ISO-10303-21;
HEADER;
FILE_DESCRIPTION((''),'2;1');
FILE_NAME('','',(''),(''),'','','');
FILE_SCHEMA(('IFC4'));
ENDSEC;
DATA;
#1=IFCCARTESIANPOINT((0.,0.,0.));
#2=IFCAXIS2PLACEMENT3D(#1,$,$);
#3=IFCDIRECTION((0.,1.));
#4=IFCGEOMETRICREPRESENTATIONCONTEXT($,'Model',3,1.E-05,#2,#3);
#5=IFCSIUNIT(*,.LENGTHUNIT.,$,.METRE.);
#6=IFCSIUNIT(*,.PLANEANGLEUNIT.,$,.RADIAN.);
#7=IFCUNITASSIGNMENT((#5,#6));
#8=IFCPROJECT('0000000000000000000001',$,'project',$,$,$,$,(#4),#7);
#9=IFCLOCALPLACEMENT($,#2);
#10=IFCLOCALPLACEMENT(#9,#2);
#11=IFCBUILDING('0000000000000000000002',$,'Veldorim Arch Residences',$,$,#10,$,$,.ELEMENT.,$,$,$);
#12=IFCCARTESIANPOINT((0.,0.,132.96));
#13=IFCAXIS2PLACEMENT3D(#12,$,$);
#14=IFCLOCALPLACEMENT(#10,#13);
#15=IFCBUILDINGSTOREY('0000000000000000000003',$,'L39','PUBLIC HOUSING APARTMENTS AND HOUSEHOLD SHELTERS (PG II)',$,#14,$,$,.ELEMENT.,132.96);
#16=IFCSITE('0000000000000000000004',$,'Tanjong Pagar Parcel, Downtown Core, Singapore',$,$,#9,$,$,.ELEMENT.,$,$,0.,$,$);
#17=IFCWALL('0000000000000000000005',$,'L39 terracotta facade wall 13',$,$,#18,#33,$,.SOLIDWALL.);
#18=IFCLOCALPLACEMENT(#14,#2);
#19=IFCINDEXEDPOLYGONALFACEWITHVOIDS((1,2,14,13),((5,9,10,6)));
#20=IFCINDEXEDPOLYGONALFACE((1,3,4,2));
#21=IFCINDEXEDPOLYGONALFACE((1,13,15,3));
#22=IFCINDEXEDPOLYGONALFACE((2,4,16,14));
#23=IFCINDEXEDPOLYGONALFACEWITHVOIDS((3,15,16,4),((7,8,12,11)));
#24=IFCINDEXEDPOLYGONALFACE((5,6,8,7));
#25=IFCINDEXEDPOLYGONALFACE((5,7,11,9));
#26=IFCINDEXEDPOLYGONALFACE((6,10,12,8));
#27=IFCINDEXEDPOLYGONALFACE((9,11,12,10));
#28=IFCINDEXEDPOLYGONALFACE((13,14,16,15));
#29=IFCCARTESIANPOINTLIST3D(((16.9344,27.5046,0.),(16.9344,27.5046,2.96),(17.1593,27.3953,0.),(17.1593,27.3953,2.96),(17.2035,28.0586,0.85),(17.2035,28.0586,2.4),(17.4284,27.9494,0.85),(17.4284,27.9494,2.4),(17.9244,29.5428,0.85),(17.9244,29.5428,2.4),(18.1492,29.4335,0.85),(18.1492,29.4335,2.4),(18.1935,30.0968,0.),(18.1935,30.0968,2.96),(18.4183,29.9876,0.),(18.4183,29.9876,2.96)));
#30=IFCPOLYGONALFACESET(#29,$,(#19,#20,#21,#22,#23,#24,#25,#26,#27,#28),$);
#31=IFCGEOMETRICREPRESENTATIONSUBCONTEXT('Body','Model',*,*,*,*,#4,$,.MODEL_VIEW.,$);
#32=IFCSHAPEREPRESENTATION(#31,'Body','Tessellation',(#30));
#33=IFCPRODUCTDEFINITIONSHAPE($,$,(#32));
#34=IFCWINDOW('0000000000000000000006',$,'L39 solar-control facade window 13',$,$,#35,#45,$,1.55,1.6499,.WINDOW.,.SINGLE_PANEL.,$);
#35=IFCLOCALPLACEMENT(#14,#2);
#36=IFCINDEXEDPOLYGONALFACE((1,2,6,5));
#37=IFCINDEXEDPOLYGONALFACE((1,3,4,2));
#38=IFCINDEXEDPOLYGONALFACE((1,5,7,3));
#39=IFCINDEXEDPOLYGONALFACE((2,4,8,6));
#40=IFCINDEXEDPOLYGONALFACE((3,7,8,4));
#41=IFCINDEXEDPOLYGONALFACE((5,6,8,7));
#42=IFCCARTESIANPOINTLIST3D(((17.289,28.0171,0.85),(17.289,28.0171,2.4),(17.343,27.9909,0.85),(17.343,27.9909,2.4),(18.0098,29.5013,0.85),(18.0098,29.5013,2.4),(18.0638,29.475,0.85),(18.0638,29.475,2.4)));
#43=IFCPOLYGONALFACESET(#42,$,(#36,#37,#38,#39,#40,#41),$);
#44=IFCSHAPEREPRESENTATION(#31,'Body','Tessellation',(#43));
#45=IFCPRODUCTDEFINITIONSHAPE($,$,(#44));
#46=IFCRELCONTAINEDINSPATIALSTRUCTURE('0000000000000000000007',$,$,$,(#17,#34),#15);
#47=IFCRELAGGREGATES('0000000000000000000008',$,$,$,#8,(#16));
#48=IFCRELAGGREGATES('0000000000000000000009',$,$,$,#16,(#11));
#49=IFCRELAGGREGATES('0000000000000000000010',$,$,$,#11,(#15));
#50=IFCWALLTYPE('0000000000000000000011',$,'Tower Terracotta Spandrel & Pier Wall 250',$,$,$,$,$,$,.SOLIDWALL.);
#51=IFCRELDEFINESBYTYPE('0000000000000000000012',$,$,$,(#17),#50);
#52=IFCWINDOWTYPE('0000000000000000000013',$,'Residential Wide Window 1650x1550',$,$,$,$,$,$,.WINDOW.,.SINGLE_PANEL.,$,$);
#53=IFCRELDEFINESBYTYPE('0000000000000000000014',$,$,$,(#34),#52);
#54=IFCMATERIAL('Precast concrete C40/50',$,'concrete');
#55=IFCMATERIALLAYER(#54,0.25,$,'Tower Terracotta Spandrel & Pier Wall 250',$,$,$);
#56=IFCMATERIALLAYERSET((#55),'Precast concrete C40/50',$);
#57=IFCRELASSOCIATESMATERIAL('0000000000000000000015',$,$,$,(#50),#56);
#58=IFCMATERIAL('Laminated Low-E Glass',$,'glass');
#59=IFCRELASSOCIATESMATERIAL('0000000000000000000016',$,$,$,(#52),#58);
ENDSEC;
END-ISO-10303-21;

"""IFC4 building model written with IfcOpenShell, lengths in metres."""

from ifc_helpers import new_model, si_unit, direction, frame, frame_2d, origin, place, context, subcontext, project, spatial, rectangle, extrude, material, layer, layer_set, type_object, element, fill, save


model = new_model("IFC4")

# Units and contexts
model_context = context("Model", 3, precision=1e-05, world=origin(), true_north=direction((0.0, 1.0)))
body_context = subcontext(model_context, "Body", "Model", "MODEL_VIEW")
ifc_project = project(units=[si_unit("LENGTHUNIT", "METRE"), si_unit("PLANEANGLEUNIT", "RADIAN")], contexts=[model_context])

# Site, building, storey
site_placement = place(None, origin())
site = spatial("IfcSite", under=ifc_project, at=site_placement, Name="Tanjong Pagar Parcel, Downtown Core, Singapore", CompositionType="ELEMENT", RefElevation=0.0)
building_placement = place(site_placement, origin())
building = spatial("IfcBuilding", under=site, at=building_placement, Name="Veldorim Arch Residences", CompositionType="ELEMENT")
storey_placement = place(building_placement, frame((0.0, 0.0, 132.96)))
storey = spatial("IfcBuildingStorey", under=building, at=storey_placement, Name="L39", Description="PUBLIC HOUSING APARTMENTS AND HOUSEHOLD SHELTERS (PG II)", CompositionType="ELEMENT", Elevation=132.96)

# Shared definitions
ifc_material_1 = material(Name="Precast concrete C40/50", Category="concrete")
ifc_layer_1 = layer(ifc_material_1, 0.25, Name="Tower Terracotta Spandrel & Pier Wall 250")
ifc_layer_set_1 = layer_set([ifc_layer_1], Name="Precast concrete C40/50")
wall_type_1 = type_object("IfcWallType", Name="Tower Terracotta Spandrel & Pier Wall 250", PredefinedType="SOLIDWALL", material=ifc_layer_set_1)

# Shared definitions
ifc_material_2 = material(Name="Laminated Low-E Glass", Category="glass")
window_type = type_object("IfcWindowType", Name="Residential Wide Window 1650x1550", PartitioningType="SINGLE_PANEL", PredefinedType="WINDOW", material=ifc_material_2)

# Wall, opening, window
wall_1_placement = place(storey_placement, frame((17.0469, 27.45, 0.0), z_axis=(0.0, 0.0, 1.0), x_axis=(0.436882, 0.899519, 0.0)))
wall_1 = element("IfcWall", 1, at=wall_1_placement, inside=storey, type_object=wall_type_1, Name="L39 terracotta facade wall 13", PredefinedType="SOLIDWALL", context=body_context, shape_type="SweptSolid", body=[
    extrude(rectangle(XDim=2.8818, YDim=0.25, at=frame_2d((1.4409, 0.0))), origin(), (0.0, 0.0, 1.0), 2.96),
])
opening_1_placement = place(wall_1_placement, frame((0.616, 0.0, 0.8501)))
opening_1 = element("IfcOpeningElement", 2, at=opening_1_placement, cuts=wall_1, PredefinedType="OPENING", context=body_context, shape_type="SweptSolid", body=[
    extrude(rectangle(XDim=1.6499, YDim=1.55, at=frame_2d((0.825, 0.7749))), frame((0.0, 0.135, 0.0), z_axis=(0.0, -1.0, 0.0), x_axis=(1.0, 0.0, 0.0)), (0.0, 0.0, 1.0), 0.27),
])
window_1_placement = place(opening_1_placement, origin())
window_1 = element("IfcWindow", 3, at=window_1_placement, inside=storey, type_object=window_type, Name="L39 solar-control facade window 13", OverallHeight=1.55, OverallWidth=1.6499, PartitioningType="SINGLE_PANEL", PredefinedType="WINDOW", context=body_context, shape_type="SweptSolid", body=[
    extrude(rectangle(XDim=1.6499, YDim=1.55, at=frame_2d((0.825, 0.7749))), frame((0.0, 0.03, 0.0), z_axis=(0.0, -1.0, 0.0), x_axis=(1.0, 0.0, 0.0)), (0.0, 0.0, 1.0), 0.0601),
])
fill(opening_1, window_1)

save(model, "model.ifc")
